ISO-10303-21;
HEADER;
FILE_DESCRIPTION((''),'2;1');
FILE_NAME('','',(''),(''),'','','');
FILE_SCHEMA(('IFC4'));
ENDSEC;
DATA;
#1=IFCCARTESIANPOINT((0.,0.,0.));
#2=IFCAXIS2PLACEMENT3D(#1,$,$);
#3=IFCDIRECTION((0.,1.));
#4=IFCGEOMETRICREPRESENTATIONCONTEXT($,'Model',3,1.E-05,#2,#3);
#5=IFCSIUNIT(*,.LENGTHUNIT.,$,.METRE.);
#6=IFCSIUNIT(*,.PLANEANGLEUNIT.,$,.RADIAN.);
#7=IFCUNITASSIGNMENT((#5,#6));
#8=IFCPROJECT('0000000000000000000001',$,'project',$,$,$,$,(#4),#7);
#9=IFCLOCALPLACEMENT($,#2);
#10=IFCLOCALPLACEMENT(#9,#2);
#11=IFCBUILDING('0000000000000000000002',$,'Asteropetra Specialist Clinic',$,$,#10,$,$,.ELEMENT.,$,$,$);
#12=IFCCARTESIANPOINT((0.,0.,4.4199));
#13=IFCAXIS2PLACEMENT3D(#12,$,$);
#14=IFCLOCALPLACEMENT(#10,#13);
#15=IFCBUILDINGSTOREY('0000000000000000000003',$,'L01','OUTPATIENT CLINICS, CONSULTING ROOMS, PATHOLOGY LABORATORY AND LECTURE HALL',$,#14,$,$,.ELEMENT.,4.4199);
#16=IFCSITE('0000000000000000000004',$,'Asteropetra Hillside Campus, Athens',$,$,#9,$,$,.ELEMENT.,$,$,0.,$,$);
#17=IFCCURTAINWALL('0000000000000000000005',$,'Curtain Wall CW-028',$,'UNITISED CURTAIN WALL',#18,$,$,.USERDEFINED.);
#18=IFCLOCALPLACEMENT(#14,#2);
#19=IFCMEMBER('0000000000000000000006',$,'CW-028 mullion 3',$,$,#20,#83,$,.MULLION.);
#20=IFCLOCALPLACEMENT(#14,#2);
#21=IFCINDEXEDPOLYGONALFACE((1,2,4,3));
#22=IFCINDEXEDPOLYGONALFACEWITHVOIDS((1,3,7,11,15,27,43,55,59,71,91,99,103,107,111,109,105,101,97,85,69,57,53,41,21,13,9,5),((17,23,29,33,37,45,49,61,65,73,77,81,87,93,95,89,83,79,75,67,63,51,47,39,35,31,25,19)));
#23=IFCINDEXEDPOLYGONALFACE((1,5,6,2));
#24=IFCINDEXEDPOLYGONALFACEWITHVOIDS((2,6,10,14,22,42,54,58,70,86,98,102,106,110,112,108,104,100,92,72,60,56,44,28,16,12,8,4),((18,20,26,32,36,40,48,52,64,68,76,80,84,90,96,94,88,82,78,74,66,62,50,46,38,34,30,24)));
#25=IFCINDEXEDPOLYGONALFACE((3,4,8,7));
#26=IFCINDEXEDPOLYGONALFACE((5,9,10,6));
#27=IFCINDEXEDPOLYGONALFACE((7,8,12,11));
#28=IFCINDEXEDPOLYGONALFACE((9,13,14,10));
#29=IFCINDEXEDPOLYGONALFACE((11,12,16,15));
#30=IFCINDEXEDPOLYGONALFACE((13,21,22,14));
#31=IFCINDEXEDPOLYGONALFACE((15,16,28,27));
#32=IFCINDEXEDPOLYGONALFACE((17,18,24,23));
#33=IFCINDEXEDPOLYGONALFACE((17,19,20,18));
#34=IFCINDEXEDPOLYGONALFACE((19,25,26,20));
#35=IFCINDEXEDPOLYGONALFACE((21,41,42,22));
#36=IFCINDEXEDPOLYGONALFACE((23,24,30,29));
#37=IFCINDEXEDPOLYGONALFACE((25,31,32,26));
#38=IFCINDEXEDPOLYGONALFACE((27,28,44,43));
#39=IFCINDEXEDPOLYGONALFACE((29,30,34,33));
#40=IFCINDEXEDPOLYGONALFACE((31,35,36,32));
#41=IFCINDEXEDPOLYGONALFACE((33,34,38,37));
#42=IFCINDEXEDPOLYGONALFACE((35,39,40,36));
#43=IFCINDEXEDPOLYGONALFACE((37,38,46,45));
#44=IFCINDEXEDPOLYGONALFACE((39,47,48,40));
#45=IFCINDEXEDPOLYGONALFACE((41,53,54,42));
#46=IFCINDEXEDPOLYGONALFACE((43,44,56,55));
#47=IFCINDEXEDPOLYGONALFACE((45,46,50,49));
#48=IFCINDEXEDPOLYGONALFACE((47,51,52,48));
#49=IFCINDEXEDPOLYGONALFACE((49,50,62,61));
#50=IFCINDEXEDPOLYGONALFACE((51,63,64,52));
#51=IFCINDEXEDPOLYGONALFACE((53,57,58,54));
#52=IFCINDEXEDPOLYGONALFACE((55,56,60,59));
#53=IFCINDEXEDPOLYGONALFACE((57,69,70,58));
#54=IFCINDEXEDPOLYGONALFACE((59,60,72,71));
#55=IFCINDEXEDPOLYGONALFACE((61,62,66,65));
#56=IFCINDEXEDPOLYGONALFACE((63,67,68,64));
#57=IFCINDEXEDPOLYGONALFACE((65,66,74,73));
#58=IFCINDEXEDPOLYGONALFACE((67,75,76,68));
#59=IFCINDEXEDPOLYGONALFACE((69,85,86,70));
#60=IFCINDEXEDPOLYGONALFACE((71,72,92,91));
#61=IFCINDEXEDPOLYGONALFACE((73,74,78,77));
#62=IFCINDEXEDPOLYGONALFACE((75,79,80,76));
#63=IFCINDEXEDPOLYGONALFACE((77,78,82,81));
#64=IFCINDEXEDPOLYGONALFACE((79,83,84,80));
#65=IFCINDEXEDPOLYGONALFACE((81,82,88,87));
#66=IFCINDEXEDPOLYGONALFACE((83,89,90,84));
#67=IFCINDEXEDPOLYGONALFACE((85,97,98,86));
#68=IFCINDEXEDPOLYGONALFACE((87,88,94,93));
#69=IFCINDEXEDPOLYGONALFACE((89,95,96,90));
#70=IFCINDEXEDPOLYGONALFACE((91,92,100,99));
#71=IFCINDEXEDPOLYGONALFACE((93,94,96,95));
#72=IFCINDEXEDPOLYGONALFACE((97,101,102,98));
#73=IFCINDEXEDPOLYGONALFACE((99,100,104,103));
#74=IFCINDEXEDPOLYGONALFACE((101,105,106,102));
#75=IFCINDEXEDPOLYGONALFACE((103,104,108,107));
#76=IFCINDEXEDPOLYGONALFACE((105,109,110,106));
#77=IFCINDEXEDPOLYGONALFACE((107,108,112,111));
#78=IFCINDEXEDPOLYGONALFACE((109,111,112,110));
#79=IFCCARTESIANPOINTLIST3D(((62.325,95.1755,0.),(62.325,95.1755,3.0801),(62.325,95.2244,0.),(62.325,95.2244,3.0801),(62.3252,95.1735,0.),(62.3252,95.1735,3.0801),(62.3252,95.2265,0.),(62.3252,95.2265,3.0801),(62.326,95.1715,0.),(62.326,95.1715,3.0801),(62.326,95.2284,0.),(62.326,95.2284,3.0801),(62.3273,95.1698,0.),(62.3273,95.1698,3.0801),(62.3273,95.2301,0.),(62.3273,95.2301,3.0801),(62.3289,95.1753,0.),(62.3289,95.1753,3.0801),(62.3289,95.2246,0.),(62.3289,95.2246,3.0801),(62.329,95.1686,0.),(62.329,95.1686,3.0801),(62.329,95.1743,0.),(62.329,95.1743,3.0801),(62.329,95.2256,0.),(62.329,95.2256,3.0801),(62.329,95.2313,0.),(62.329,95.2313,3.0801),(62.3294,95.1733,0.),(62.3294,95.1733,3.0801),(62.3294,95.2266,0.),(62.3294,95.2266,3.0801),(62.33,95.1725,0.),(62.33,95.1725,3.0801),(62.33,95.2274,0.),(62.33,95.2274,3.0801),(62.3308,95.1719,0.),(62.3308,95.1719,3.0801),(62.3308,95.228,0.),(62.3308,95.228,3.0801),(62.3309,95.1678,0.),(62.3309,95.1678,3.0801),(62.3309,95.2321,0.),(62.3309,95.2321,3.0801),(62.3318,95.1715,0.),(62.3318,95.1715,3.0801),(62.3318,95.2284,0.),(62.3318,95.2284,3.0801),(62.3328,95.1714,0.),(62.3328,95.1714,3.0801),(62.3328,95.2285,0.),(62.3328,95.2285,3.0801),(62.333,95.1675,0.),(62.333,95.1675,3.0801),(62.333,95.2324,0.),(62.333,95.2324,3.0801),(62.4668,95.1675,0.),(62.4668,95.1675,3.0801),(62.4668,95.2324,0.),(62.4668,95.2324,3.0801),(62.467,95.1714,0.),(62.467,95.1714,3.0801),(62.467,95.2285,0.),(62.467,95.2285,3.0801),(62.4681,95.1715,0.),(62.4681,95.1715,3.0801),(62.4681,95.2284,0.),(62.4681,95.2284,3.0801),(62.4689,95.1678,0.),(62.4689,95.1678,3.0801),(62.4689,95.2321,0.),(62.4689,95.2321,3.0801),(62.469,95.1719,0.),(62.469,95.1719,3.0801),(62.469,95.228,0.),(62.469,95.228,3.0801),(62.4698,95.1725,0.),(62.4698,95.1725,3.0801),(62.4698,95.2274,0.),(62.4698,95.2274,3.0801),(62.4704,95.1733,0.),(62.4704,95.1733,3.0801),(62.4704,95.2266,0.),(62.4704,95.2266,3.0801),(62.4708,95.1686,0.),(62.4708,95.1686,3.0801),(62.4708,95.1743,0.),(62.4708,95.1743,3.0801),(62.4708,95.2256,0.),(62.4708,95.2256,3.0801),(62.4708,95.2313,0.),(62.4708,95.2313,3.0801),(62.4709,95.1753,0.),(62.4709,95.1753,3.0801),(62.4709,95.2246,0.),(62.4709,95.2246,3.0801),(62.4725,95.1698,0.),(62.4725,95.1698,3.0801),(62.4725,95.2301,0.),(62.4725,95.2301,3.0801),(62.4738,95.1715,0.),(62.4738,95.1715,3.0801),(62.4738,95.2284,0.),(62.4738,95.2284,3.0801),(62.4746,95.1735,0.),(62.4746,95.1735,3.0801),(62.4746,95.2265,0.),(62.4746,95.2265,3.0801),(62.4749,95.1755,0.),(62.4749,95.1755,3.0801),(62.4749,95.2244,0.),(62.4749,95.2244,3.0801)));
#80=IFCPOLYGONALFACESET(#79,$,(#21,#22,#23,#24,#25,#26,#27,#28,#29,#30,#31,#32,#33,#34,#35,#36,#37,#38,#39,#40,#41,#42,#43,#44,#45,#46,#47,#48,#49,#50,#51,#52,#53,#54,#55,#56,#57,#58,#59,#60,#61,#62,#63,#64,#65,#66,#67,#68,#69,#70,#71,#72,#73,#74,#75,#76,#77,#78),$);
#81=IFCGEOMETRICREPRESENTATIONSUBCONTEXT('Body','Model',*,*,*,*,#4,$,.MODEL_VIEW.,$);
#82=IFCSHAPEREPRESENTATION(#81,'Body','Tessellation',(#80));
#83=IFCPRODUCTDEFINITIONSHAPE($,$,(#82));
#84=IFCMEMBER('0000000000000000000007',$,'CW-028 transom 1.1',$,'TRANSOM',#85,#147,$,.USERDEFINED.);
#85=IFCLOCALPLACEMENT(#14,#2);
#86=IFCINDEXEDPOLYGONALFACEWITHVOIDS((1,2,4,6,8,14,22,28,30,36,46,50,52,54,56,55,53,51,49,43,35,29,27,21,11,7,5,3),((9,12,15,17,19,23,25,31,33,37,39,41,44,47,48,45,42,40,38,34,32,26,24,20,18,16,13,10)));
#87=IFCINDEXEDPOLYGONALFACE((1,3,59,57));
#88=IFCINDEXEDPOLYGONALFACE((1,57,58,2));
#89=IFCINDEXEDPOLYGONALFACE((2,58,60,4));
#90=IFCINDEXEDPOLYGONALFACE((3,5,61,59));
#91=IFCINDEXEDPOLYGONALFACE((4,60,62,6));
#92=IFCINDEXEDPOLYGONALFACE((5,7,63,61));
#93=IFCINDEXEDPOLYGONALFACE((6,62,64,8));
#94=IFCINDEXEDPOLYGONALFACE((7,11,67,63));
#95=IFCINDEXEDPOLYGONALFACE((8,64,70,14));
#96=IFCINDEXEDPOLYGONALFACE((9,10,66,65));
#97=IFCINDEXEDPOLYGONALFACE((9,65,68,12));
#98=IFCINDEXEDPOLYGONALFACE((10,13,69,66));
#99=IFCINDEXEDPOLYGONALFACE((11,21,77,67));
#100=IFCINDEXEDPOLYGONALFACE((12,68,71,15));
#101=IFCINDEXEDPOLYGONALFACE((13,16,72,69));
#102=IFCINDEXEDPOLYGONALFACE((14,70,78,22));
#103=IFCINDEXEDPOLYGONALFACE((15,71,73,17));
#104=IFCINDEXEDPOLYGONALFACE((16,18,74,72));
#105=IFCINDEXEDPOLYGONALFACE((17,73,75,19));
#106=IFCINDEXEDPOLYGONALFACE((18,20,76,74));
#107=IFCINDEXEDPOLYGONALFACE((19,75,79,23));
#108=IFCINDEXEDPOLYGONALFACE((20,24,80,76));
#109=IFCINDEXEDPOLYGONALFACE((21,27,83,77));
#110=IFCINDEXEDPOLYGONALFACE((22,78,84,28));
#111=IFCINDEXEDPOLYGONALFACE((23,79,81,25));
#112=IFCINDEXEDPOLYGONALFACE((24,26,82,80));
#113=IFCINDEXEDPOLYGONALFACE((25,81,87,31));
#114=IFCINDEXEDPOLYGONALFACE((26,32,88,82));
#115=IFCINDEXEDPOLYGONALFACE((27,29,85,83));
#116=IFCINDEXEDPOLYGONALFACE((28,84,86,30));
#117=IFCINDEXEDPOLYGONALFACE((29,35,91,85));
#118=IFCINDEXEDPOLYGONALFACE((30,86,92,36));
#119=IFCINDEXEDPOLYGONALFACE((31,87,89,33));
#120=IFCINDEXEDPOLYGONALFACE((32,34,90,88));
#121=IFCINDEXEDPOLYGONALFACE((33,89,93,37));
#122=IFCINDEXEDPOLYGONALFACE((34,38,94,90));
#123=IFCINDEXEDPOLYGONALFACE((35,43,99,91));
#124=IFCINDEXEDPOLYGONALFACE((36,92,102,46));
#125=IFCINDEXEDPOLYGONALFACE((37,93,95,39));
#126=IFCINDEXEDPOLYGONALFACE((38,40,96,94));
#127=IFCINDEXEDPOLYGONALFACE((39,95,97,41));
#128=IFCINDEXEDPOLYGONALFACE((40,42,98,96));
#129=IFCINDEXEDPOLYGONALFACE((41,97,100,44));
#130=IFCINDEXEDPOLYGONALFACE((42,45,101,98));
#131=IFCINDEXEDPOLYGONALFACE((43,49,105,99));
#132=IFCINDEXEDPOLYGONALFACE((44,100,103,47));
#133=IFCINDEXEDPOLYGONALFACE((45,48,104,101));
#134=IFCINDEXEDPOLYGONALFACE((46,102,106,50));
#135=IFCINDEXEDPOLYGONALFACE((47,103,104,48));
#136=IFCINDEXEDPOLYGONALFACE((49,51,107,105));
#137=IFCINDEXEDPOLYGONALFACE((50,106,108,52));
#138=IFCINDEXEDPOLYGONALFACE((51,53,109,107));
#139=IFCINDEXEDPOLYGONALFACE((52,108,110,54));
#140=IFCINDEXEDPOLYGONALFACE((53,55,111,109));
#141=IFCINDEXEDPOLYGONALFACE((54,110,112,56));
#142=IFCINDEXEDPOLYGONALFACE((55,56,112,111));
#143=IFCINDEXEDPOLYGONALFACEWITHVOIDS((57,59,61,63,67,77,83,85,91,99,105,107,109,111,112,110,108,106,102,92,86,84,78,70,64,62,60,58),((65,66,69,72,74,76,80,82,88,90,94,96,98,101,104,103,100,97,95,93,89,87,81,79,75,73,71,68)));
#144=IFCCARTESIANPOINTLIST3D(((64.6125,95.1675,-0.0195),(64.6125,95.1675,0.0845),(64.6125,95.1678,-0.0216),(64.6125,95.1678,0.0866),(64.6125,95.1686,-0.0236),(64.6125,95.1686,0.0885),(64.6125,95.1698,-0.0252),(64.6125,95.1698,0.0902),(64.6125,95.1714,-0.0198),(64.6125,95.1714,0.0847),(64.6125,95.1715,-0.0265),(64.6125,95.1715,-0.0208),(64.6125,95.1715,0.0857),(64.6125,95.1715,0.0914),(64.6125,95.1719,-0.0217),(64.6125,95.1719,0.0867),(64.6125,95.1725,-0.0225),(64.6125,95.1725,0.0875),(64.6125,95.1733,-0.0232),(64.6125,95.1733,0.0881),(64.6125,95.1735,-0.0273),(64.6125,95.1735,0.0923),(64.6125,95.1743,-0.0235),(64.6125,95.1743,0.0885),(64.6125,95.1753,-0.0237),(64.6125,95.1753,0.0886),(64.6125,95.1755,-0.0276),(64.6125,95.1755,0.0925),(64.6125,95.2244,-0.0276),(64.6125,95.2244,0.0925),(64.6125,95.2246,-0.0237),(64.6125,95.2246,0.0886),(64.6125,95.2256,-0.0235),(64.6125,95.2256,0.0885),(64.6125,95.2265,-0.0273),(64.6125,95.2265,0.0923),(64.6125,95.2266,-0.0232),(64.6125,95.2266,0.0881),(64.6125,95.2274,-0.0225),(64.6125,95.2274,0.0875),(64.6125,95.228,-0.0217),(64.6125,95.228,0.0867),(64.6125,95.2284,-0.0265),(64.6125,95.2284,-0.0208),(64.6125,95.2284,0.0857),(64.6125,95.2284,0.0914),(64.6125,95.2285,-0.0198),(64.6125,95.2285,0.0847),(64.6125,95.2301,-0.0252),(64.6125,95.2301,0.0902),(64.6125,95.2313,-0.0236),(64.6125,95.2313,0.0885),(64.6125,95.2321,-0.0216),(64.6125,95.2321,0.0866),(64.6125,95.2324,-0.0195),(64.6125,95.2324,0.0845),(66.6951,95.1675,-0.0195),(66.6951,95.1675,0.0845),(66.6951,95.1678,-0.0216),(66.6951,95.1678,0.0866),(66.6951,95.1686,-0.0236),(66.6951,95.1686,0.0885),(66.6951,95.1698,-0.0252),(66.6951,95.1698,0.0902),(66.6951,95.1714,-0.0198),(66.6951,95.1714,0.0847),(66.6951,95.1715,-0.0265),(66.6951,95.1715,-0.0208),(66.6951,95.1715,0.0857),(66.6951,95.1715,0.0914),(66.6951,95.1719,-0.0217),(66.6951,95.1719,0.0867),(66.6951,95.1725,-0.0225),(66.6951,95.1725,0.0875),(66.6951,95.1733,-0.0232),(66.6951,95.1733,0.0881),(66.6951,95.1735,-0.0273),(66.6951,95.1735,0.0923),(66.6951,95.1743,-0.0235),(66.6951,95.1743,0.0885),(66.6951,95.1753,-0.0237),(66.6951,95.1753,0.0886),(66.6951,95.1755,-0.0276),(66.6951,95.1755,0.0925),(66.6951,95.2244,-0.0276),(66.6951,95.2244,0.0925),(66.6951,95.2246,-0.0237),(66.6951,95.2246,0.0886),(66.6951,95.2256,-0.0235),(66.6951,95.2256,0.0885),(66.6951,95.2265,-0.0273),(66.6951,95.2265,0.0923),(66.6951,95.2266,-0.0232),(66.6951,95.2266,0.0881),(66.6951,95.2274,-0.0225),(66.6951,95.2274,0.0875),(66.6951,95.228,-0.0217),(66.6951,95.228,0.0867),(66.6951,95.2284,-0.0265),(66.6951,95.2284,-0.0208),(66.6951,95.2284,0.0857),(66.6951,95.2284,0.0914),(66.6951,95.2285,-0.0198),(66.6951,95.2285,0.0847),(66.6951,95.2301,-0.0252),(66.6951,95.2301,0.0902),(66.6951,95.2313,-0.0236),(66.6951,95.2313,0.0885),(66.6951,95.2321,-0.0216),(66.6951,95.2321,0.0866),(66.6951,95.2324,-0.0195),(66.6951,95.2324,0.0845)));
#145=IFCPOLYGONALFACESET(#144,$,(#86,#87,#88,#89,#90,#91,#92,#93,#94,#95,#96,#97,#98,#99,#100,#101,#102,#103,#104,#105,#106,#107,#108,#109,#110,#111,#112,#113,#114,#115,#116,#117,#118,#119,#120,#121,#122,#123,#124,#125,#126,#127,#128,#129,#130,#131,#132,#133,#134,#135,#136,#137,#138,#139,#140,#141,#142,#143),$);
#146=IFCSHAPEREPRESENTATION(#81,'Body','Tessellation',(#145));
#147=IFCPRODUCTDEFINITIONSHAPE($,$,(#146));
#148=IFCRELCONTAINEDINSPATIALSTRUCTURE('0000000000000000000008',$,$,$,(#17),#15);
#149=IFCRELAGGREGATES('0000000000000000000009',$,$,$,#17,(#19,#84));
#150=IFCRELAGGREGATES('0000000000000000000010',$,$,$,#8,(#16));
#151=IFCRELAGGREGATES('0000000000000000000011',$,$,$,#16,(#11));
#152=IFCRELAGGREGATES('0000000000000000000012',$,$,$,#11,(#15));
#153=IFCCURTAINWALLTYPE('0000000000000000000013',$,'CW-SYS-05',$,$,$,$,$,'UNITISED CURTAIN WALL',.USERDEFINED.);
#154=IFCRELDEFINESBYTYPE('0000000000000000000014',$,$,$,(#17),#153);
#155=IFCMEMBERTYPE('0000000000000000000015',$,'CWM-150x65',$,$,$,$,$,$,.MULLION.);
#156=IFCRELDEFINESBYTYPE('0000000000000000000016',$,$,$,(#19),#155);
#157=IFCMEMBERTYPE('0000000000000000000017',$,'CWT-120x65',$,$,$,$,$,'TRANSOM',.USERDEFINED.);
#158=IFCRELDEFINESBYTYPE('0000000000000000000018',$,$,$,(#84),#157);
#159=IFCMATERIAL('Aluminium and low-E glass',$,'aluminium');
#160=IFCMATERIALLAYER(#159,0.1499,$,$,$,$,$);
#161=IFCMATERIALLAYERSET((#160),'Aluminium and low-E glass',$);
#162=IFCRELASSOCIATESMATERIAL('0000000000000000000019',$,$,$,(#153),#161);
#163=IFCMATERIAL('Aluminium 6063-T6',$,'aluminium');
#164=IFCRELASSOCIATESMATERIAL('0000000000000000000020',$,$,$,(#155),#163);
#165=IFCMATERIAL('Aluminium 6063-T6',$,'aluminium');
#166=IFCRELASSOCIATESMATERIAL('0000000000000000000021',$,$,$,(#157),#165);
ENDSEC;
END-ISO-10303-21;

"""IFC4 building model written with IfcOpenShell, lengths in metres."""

from ifc_helpers import new_model, si_unit, direction, frame, origin, origin_2d, place, context, subcontext, project, spatial, hollow_rectangle, extrude, material, layer, layer_set, material_profile, profile_set, type_object, element, aggregate, save


model = new_model("IFC4")

# Units and contexts
model_context = context("Model", 3, precision=1e-05, world=origin(), true_north=direction((0.0, 1.0)))
body_context = subcontext(model_context, "Body", "Model", "MODEL_VIEW")
ifc_project = project(units=[si_unit("LENGTHUNIT", "METRE"), si_unit("PLANEANGLEUNIT", "RADIAN")], contexts=[model_context])

# Site, building, storey
site_placement = place(None, origin())
site = spatial("IfcSite", under=ifc_project, at=site_placement, Name="Asteropetra Hillside Campus, Athens", CompositionType="ELEMENT", RefElevation=0.0)
building_placement = place(site_placement, origin())
building = spatial("IfcBuilding", under=site, at=building_placement, Name="Asteropetra Specialist Clinic", CompositionType="ELEMENT")
storey_placement = place(building_placement, frame((0.0, 0.0, 4.4199)))
storey = spatial("IfcBuildingStorey", under=building, at=storey_placement, Name="L01", Description="OUTPATIENT CLINICS, CONSULTING ROOMS, PATHOLOGY LABORATORY AND LECTURE HALL", CompositionType="ELEMENT", Elevation=4.4199)

# Curtain wall, members
ifc_material_1 = material(Name="Aluminium and low-E glass", Category="aluminium")
ifc_layer_1 = layer(ifc_material_1, 0.1499)
ifc_layer_set_1 = layer_set([ifc_layer_1], Name="Aluminium and low-E glass")
curtain_wall_type = type_object("IfcCurtainWallType", Name="CW-SYS-05", ElementType="UNITISED CURTAIN WALL", PredefinedType="USERDEFINED", material=ifc_layer_set_1)
curtain_wall_placement = place(storey_placement, origin())
curtain_wall = element("IfcCurtainWall", 1, at=curtain_wall_placement, inside=storey, type_object=curtain_wall_type, Name="Curtain Wall CW-028", ObjectType="UNITISED CURTAIN WALL", PredefinedType="USERDEFINED")
ifc_material_2 = material(Name="Aluminium 6063-T6", Category="aluminium")
ifc_material_profile_1 = material_profile(ifc_material_2, hollow_rectangle(XDim=0.0649, YDim=0.1499, WallThickness=0.0039, InnerFilletRadius=0.0039, OuterFilletRadius=0.0081, at=origin_2d()), Name="MUL 150x65x4.0")
ifc_profile_set_1 = profile_set([ifc_material_profile_1], Name="Aluminium 6063-T6")
member_type_1 = type_object("IfcMemberType", Name="CWM-150x65", PredefinedType="MULLION", material=ifc_profile_set_1)
member_1_placement = place(storey_placement, frame((62.3999, 95.2, 0.0), z_axis=(0.0, 0.0, 1.0), x_axis=(0.0, -1.0, 0.0)))
member_1 = element("IfcMember", 2, at=member_1_placement, type_object=member_type_1, Name="CW-028 mullion 3", PredefinedType="MULLION", context=body_context, shape_type="SweptSolid", body=[
    extrude(hollow_rectangle(XDim=0.0649, YDim=0.1499, WallThickness=0.0039, InnerFilletRadius=0.0039, OuterFilletRadius=0.0081, at=origin_2d()), origin(), (0.0, 0.0, 1.0), 3.0801),
])
ifc_material_3 = material(Name="Aluminium 6063-T6", Category="aluminium")
ifc_material_profile_2 = material_profile(ifc_material_3, hollow_rectangle(XDim=0.0649, YDim=0.1201, WallThickness=0.0039, InnerFilletRadius=0.0039, OuterFilletRadius=0.0081, at=origin_2d()), Name="TRN 120x65x4.0")
ifc_profile_set_2 = profile_set([ifc_material_profile_2], Name="Aluminium 6063-T6")
member_type_2 = type_object("IfcMemberType", Name="CWT-120x65", ElementType="TRANSOM", PredefinedType="USERDEFINED", material=ifc_profile_set_2)
member_2_placement = place(storey_placement, frame((66.6951, 95.2, 0.0325), z_axis=(-1.0, 0.0, 0.0), x_axis=(0.0, -1.0, 0.0)))
member_2 = element("IfcMember", 3, at=member_2_placement, type_object=member_type_2, Name="CW-028 transom 1.1", ObjectType="TRANSOM", PredefinedType="USERDEFINED", context=body_context, shape_type="SweptSolid", body=[
    extrude(hollow_rectangle(XDim=0.0649, YDim=0.1201, WallThickness=0.0039, InnerFilletRadius=0.0039, OuterFilletRadius=0.0081, at=origin_2d()), origin(), (0.0, 0.0, 1.0), 2.0825),
])
aggregate(curtain_wall, [member_1, member_2])

save(model, "model.ifc")
